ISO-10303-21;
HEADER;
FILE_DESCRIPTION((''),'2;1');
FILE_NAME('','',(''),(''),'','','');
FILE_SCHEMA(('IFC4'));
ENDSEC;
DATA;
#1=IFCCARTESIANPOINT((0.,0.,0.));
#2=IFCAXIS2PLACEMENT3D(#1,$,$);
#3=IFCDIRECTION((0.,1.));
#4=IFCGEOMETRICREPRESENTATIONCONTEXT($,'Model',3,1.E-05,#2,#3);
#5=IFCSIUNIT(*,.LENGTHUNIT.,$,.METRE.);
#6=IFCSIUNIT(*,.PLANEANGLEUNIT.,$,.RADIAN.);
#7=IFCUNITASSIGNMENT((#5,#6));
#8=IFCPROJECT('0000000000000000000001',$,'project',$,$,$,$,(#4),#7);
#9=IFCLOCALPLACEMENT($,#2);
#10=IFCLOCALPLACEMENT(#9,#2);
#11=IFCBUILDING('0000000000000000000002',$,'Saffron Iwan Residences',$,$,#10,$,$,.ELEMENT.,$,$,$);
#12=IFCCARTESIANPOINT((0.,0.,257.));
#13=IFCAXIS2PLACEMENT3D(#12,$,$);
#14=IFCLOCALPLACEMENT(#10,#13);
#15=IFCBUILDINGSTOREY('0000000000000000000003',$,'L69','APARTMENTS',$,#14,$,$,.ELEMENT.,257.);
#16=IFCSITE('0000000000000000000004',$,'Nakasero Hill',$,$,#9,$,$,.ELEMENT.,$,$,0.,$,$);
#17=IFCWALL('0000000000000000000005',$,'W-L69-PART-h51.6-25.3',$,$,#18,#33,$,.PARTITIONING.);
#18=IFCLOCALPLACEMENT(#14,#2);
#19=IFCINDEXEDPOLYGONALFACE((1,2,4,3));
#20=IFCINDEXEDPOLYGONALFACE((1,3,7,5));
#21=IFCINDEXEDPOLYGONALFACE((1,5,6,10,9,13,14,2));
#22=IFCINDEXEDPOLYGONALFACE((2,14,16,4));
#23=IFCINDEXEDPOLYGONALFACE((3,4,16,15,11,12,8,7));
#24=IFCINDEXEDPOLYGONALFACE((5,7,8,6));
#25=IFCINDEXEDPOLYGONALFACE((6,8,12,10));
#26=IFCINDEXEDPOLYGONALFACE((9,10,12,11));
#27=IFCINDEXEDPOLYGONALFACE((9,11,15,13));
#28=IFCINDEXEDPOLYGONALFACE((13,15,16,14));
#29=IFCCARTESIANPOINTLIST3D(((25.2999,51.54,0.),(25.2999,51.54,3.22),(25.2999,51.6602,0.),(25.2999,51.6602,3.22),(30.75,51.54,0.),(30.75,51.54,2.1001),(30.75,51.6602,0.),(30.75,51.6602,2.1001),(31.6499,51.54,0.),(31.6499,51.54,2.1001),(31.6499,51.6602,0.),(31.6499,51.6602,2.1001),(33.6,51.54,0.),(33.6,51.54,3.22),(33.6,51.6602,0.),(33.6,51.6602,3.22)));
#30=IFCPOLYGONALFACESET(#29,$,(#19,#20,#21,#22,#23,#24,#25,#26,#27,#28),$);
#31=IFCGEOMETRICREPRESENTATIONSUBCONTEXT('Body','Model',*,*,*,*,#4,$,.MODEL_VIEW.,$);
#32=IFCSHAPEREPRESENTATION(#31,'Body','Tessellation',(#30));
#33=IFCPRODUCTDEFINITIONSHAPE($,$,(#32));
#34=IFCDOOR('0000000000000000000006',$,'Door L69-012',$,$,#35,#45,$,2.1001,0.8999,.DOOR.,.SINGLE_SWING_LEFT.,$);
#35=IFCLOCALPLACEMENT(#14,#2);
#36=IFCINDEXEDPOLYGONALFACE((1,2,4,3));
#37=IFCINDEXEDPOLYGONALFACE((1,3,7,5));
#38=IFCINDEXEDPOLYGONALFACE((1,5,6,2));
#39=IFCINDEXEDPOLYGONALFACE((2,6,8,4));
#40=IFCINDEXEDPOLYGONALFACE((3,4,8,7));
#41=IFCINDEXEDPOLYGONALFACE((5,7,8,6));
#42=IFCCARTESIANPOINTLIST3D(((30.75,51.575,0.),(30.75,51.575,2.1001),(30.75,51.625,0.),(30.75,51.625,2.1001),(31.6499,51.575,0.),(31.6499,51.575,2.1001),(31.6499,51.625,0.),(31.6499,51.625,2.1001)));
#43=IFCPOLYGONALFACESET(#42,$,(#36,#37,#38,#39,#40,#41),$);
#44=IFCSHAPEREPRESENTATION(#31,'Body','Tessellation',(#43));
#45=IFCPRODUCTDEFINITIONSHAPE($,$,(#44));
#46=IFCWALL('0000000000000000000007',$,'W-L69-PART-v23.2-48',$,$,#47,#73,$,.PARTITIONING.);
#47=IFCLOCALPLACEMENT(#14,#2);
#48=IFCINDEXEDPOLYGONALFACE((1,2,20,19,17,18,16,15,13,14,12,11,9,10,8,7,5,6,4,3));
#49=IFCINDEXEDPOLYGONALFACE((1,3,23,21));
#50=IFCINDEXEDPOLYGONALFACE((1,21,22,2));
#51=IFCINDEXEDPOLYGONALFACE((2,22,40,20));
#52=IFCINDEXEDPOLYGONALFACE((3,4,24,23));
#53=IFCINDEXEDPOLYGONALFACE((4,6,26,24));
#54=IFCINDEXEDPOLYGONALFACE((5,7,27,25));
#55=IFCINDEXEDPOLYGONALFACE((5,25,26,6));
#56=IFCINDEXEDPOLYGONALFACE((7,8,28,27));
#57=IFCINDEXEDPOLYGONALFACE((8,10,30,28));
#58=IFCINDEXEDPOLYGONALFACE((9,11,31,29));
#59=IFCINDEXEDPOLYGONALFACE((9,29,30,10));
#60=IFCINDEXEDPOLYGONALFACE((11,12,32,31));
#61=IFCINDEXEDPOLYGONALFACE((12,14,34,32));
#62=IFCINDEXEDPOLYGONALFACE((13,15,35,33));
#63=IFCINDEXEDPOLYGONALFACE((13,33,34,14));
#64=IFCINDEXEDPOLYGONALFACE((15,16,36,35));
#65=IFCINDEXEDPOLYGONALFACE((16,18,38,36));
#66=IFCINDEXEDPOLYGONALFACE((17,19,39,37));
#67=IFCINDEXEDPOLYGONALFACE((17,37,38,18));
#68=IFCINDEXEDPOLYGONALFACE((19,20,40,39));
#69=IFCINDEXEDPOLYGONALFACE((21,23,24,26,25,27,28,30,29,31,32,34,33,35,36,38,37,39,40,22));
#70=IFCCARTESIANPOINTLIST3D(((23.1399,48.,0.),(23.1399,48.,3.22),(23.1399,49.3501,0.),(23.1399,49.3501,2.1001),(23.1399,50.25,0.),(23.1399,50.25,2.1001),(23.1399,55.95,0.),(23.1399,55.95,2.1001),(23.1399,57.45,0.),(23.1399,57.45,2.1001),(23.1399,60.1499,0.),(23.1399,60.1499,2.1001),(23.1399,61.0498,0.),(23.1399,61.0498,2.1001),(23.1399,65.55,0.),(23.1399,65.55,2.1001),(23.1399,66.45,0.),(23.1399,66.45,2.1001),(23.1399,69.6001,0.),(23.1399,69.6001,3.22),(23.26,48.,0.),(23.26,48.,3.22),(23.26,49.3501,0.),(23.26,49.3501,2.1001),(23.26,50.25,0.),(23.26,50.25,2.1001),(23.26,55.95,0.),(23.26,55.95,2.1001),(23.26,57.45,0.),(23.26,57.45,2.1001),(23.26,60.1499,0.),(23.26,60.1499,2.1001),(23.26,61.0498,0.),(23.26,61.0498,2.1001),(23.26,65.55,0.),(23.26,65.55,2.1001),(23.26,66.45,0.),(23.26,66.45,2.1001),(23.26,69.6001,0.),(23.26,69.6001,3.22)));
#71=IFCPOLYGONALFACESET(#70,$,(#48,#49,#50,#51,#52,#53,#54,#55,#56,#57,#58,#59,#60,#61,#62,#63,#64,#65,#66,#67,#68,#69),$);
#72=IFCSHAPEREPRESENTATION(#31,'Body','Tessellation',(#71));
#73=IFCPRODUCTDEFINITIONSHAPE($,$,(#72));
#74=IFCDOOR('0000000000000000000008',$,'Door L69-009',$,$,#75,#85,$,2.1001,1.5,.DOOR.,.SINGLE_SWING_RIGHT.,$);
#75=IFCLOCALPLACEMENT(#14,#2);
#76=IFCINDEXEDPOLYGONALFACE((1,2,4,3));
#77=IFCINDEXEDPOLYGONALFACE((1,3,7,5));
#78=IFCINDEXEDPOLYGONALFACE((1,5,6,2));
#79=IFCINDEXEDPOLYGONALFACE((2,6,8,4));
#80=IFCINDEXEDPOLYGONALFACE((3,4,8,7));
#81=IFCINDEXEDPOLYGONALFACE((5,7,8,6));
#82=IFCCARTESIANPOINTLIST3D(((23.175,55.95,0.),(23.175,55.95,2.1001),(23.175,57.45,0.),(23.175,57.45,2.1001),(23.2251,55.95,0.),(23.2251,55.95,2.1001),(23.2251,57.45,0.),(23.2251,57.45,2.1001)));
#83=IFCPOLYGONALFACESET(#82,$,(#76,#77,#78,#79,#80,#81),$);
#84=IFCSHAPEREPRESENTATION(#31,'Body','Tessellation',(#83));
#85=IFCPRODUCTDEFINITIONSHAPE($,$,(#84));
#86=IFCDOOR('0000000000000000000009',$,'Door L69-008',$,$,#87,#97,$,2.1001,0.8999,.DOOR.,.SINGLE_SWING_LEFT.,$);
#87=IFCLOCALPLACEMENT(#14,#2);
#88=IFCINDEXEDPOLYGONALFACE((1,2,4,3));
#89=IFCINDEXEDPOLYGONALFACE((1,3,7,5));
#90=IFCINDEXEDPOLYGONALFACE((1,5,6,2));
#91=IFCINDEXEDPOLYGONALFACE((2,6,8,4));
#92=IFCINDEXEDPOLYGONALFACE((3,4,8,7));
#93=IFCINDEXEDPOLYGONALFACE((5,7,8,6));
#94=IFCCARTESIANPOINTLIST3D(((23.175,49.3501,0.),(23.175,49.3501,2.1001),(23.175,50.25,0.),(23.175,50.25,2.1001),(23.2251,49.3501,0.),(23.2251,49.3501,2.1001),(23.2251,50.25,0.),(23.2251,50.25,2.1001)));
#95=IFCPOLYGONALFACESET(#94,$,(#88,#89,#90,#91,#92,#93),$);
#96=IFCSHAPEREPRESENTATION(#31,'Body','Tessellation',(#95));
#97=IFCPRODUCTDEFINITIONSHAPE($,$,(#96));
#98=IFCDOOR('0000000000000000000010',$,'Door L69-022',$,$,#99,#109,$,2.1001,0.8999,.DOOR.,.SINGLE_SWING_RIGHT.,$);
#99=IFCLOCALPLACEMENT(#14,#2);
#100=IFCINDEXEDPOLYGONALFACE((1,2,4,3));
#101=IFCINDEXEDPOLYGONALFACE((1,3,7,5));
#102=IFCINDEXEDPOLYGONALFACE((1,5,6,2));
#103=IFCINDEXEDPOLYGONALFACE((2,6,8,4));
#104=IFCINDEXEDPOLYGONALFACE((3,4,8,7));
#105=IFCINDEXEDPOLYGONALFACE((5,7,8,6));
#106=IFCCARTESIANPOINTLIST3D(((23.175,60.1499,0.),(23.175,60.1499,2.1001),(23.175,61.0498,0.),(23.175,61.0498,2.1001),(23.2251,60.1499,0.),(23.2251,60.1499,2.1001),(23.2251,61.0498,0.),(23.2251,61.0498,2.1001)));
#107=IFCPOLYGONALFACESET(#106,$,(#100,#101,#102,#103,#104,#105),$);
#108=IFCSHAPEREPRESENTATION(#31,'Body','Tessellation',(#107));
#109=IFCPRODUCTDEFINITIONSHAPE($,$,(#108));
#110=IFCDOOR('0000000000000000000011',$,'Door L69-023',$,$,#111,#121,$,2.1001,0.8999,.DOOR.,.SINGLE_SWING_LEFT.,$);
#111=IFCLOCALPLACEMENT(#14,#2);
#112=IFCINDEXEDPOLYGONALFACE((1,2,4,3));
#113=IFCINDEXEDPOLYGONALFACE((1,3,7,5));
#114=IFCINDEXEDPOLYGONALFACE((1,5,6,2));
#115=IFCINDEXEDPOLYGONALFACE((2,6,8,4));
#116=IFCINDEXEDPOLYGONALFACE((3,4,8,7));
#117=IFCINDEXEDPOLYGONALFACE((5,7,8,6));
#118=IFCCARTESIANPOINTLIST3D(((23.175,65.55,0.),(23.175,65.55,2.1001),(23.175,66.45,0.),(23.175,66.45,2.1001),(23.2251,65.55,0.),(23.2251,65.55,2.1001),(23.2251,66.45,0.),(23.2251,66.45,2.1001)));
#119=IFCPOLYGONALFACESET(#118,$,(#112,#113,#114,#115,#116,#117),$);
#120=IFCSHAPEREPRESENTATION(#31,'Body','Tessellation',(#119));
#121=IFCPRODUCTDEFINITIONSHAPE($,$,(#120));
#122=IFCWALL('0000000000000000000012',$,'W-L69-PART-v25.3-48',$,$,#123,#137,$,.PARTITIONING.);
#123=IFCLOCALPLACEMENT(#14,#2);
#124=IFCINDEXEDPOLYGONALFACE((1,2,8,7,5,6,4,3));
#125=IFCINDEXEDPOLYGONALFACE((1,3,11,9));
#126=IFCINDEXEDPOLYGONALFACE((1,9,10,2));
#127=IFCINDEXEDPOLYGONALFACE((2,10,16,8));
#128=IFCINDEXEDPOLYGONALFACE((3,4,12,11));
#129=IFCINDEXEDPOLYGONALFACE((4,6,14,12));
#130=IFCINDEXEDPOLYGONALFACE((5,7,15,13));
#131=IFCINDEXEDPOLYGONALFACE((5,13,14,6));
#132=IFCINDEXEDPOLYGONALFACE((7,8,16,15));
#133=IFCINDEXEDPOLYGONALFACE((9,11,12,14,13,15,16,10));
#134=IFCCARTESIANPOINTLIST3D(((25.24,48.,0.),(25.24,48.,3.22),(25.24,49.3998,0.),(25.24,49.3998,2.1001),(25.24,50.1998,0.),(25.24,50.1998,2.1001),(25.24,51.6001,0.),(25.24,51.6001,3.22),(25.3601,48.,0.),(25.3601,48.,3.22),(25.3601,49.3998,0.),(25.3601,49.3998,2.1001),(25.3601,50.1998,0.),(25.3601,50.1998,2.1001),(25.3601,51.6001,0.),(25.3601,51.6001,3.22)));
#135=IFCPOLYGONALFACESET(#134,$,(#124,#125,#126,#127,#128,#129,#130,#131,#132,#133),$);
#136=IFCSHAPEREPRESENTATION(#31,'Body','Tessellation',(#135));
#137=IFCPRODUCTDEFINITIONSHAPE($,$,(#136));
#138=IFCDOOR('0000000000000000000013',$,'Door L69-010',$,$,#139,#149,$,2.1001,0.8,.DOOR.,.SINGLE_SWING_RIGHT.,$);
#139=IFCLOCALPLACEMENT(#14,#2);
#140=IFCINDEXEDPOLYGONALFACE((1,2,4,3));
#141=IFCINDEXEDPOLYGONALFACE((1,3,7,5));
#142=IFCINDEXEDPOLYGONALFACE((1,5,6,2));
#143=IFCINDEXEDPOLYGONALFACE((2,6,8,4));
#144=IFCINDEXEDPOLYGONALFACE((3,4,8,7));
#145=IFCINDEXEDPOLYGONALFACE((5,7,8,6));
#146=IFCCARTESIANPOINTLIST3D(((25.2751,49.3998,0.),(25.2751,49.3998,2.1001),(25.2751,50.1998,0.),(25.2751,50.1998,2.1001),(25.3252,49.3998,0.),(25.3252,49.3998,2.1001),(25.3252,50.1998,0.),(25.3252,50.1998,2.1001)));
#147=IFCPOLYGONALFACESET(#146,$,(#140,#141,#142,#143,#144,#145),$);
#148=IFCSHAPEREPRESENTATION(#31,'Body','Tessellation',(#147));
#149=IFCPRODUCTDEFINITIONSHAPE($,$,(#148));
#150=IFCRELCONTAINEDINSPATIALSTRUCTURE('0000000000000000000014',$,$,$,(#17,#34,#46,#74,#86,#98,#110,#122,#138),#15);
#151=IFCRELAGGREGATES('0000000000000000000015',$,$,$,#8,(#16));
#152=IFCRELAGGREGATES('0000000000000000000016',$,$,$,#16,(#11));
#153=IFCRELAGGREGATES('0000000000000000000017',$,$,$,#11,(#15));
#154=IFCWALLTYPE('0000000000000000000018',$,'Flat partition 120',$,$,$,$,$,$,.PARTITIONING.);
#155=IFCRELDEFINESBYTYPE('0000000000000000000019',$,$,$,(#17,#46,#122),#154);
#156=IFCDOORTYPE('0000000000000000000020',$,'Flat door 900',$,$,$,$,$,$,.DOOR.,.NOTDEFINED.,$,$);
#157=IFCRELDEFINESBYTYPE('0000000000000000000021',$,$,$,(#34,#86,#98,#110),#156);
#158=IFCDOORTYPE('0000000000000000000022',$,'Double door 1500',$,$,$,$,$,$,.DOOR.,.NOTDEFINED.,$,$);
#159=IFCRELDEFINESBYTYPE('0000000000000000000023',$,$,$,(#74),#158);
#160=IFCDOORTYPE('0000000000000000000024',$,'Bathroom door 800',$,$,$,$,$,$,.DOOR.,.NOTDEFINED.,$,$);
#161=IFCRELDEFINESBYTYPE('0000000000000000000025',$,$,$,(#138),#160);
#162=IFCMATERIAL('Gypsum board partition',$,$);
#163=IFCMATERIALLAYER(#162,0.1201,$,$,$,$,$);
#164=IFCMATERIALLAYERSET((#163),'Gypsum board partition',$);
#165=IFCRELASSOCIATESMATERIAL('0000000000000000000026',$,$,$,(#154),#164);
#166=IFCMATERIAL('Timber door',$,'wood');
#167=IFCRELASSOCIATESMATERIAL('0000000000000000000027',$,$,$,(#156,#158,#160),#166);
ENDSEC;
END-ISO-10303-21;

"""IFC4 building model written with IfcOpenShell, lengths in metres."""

from ifc_helpers import new_model, si_unit, direction, frame, frame_2d, origin, place, context, subcontext, project, spatial, rectangle, extrude, material, layer, layer_set, type_object, element, fill, save


model = new_model("IFC4")

# Units and contexts
model_context = context("Model", 3, precision=1e-05, world=origin(), true_north=direction((0.0, 1.0)))
body_context = subcontext(model_context, "Body", "Model", "MODEL_VIEW")
ifc_project = project(units=[si_unit("LENGTHUNIT", "METRE"), si_unit("PLANEANGLEUNIT", "RADIAN")], contexts=[model_context])

# Site, building, storey
site_placement = place(None, origin())
site = spatial("IfcSite", under=ifc_project, at=site_placement, Name="Nakasero Hill", CompositionType="ELEMENT", RefElevation=0.0)
building_placement = place(site_placement, origin())
building = spatial("IfcBuilding", under=site, at=building_placement, Name="Saffron Iwan Residences", CompositionType="ELEMENT")
storey_placement = place(building_placement, frame((0.0, 0.0, 257.0)))
storey = spatial("IfcBuildingStorey", under=building, at=storey_placement, Name="L69", Description="APARTMENTS", CompositionType="ELEMENT", Elevation=257.0)

# Shared definitions
ifc_material_1 = material(Name="Gypsum board partition")
ifc_layer_1 = layer(ifc_material_1, 0.1201)
ifc_layer_set_1 = layer_set([ifc_layer_1], Name="Gypsum board partition")
wall_type_1 = type_object("IfcWallType", Name="Flat partition 120", PredefinedType="PARTITIONING", material=ifc_layer_set_1)

# Wall, opening, door
wall_1_placement = place(storey_placement, frame((25.3, 51.6001, 0.0), z_axis=(0.0, 0.0, 1.0), x_axis=(1.0, 0.0, 0.0)))
wall_1 = element("IfcWall", 1, at=wall_1_placement, inside=storey, type_object=wall_type_1, Name="W-L69-PART-h51.6-25.3", PredefinedType="PARTITIONING", context=body_context, shape_type="SweptSolid", body=[
    extrude(rectangle(XDim=8.3, YDim=0.1201, at=frame_2d((4.1499, 0.0))), origin(), (0.0, 0.0, 1.0), 3.22),
])
opening_1_placement = place(wall_1_placement, frame((5.45, 0.0, 0.0)))
opening_1 = element("IfcOpeningElement", 2, at=opening_1_placement, cuts=wall_1, PredefinedType="OPENING", context=body_context, shape_type="SweptSolid", body=[
    extrude(rectangle(XDim=0.8999, YDim=2.1001, at=frame_2d((0.45, 1.05))), frame((0.0, 0.0701, 0.0), z_axis=(0.0, -1.0, 0.0), x_axis=(1.0, 0.0, 0.0)), (0.0, 0.0, 1.0), 0.1401),
])
ifc_material_2 = material(Name="Timber door", Category="wood")
door_type_1 = type_object("IfcDoorType", Name="Flat door 900", OperationType="NOTDEFINED", PredefinedType="DOOR", material=ifc_material_2)
door_1_placement = place(opening_1_placement, origin())
door_1 = element("IfcDoor", 3, at=door_1_placement, inside=storey, type_object=door_type_1, Name="Door L69-012", OperationType="SINGLE_SWING_LEFT", OverallHeight=2.1001, OverallWidth=0.8999, PredefinedType="DOOR", context=body_context, shape_type="SweptSolid", body=[
    extrude(rectangle(XDim=0.8999, YDim=2.1001, at=frame_2d((0.45, 1.05))), frame((0.0, 0.0249, 0.0), z_axis=(0.0, -1.0, 0.0), x_axis=(1.0, 0.0, 0.0)), (0.0, 0.0, 1.0), 0.05),
])
fill(opening_1, door_1)

# Wall, openings, doors
wall_2_placement = place(storey_placement, frame((23.2, 48.0, 0.0), z_axis=(0.0, 0.0, 1.0), x_axis=(0.0, 1.0, 0.0)))
wall_2 = element("IfcWall", 4, at=wall_2_placement, inside=storey, type_object=wall_type_1, Name="W-L69-PART-v23.2-48", PredefinedType="PARTITIONING", context=body_context, shape_type="SweptSolid", body=[
    extrude(rectangle(XDim=21.6001, YDim=0.1201, at=frame_2d((10.8, 0.0))), origin(), (0.0, 0.0, 1.0), 3.22),
])
opening_2_placement = place(wall_2_placement, frame((1.3501, 0.0, 0.0)))
opening_2 = element("IfcOpeningElement", 5, at=opening_2_placement, cuts=wall_2, PredefinedType="OPENING", context=body_context, shape_type="SweptSolid", body=[
    extrude(rectangle(XDim=0.8999, YDim=2.1001, at=frame_2d((0.45, 1.05))), frame((0.0, 0.0701, 0.0), z_axis=(0.0, -1.0, 0.0), x_axis=(1.0, 0.0, 0.0)), (0.0, 0.0, 1.0), 0.1401),
])
opening_3_placement = place(wall_2_placement, frame((7.95, 0.0, 0.0)))
opening_3 = element("IfcOpeningElement", 6, at=opening_3_placement, cuts=wall_2, PredefinedType="OPENING", context=body_context, shape_type="SweptSolid", body=[
    extrude(rectangle(XDim=1.5, YDim=2.1001, at=frame_2d((0.75, 1.05))), frame((0.0, 0.0701, 0.0), z_axis=(0.0, -1.0, 0.0), x_axis=(1.0, 0.0, 0.0)), (0.0, 0.0, 1.0), 0.1401),
])
opening_4_placement = place(wall_2_placement, frame((12.1499, 0.0, 0.0)))
opening_4 = element("IfcOpeningElement", 7, at=opening_4_placement, cuts=wall_2, PredefinedType="OPENING", context=body_context, shape_type="SweptSolid", body=[
    extrude(rectangle(XDim=0.8999, YDim=2.1001, at=frame_2d((0.45, 1.05))), frame((0.0, 0.0701, 0.0), z_axis=(0.0, -1.0, 0.0), x_axis=(1.0, 0.0, 0.0)), (0.0, 0.0, 1.0), 0.1401),
])
opening_5_placement = place(wall_2_placement, frame((17.55, 0.0, 0.0)))
opening_5 = element("IfcOpeningElement", 8, at=opening_5_placement, cuts=wall_2, PredefinedType="OPENING", context=body_context, shape_type="SweptSolid", body=[
    extrude(rectangle(XDim=0.8999, YDim=2.1001, at=frame_2d((0.45, 1.05))), frame((0.0, 0.0701, 0.0), z_axis=(0.0, -1.0, 0.0), x_axis=(1.0, 0.0, 0.0)), (0.0, 0.0, 1.0), 0.1401),
])
door_type_2 = type_object("IfcDoorType", Name="Double door 1500", OperationType="NOTDEFINED", PredefinedType="DOOR", material=ifc_material_2)
door_2_placement = place(opening_3_placement, origin())
door_2 = element("IfcDoor", 9, at=door_2_placement, inside=storey, type_object=door_type_2, Name="Door L69-009", OperationType="SINGLE_SWING_RIGHT", OverallHeight=2.1001, OverallWidth=1.5, PredefinedType="DOOR", context=body_context, shape_type="SweptSolid", body=[
    extrude(rectangle(XDim=1.5, YDim=2.1001, at=frame_2d((0.75, 1.05))), frame((0.0, 0.0249, 0.0), z_axis=(0.0, -1.0, 0.0), x_axis=(1.0, 0.0, 0.0)), (0.0, 0.0, 1.0), 0.05),
])
fill(opening_3, door_2)
door_3_placement = place(opening_2_placement, origin())
door_3 = element("IfcDoor", 10, at=door_3_placement, inside=storey, type_object=door_type_1, Name="Door L69-008", OperationType="SINGLE_SWING_LEFT", OverallHeight=2.1001, OverallWidth=0.8999, PredefinedType="DOOR", context=body_context, shape_type="SweptSolid", body=[
    extrude(rectangle(XDim=0.8999, YDim=2.1001, at=frame_2d((0.45, 1.05))), frame((0.0, 0.0249, 0.0), z_axis=(0.0, -1.0, 0.0), x_axis=(1.0, 0.0, 0.0)), (0.0, 0.0, 1.0), 0.05),
])
fill(opening_2, door_3)
door_4_placement = place(opening_4_placement, origin())
door_4 = element("IfcDoor", 11, at=door_4_placement, inside=storey, type_object=door_type_1, Name="Door L69-022", OperationType="SINGLE_SWING_RIGHT", OverallHeight=2.1001, OverallWidth=0.8999, PredefinedType="DOOR", context=body_context, shape_type="SweptSolid", body=[
    extrude(rectangle(XDim=0.8999, YDim=2.1001, at=frame_2d((0.45, 1.05))), frame((0.0, 0.0249, 0.0), z_axis=(0.0, -1.0, 0.0), x_axis=(1.0, 0.0, 0.0)), (0.0, 0.0, 1.0), 0.05),
])
fill(opening_4, door_4)
door_5_placement = place(opening_5_placement, origin())
door_5 = element("IfcDoor", 12, at=door_5_placement, inside=storey, type_object=door_type_1, Name="Door L69-023", OperationType="SINGLE_SWING_LEFT", OverallHeight=2.1001, OverallWidth=0.8999, PredefinedType="DOOR", context=body_context, shape_type="SweptSolid", body=[
    extrude(rectangle(XDim=0.8999, YDim=2.1001, at=frame_2d((0.45, 1.05))), frame((0.0, 0.0249, 0.0), z_axis=(0.0, -1.0, 0.0), x_axis=(1.0, 0.0, 0.0)), (0.0, 0.0, 1.0), 0.05),
])
fill(opening_5, door_5)

# Wall, opening, door
wall_3_placement = place(storey_placement, frame((25.3, 48.0, 0.0), z_axis=(0.0, 0.0, 1.0), x_axis=(0.0, 1.0, 0.0)))
wall_3 = element("IfcWall", 13, at=wall_3_placement, inside=storey, type_object=wall_type_1, Name="W-L69-PART-v25.3-48", PredefinedType="PARTITIONING", context=body_context, shape_type="SweptSolid", body=[
    extrude(rectangle(XDim=3.6001, YDim=0.1201, at=frame_2d((1.8, 0.0))), origin(), (0.0, 0.0, 1.0), 3.22),
])
opening_6_placement = place(wall_3_placement, frame((1.3999, 0.0, 0.0)))
opening_6 = element("IfcOpeningElement", 14, at=opening_6_placement, cuts=wall_3, PredefinedType="OPENING", context=body_context, shape_type="SweptSolid", body=[
    extrude(rectangle(XDim=0.8, YDim=2.1001, at=frame_2d((0.3999, 1.05))), frame((0.0, 0.0701, 0.0), z_axis=(0.0, -1.0, 0.0), x_axis=(1.0, 0.0, 0.0)), (0.0, 0.0, 1.0), 0.1401),
])
door_type_3 = type_object("IfcDoorType", Name="Bathroom door 800", OperationType="NOTDEFINED", PredefinedType="DOOR", material=ifc_material_2)
door_6_placement = place(opening_6_placement, origin())
door_6 = element("IfcDoor", 15, at=door_6_placement, inside=storey, type_object=door_type_3, Name="Door L69-010", OperationType="SINGLE_SWING_RIGHT", OverallHeight=2.1001, OverallWidth=0.8, PredefinedType="DOOR", context=body_context, shape_type="SweptSolid", body=[
    extrude(rectangle(XDim=0.8, YDim=2.1001, at=frame_2d((0.3999, 1.05))), frame((0.0, 0.0249, 0.0), z_axis=(0.0, -1.0, 0.0), x_axis=(1.0, 0.0, 0.0)), (0.0, 0.0, 1.0), 0.05),
])
fill(opening_6, door_6)

save(model, "model.ifc")
